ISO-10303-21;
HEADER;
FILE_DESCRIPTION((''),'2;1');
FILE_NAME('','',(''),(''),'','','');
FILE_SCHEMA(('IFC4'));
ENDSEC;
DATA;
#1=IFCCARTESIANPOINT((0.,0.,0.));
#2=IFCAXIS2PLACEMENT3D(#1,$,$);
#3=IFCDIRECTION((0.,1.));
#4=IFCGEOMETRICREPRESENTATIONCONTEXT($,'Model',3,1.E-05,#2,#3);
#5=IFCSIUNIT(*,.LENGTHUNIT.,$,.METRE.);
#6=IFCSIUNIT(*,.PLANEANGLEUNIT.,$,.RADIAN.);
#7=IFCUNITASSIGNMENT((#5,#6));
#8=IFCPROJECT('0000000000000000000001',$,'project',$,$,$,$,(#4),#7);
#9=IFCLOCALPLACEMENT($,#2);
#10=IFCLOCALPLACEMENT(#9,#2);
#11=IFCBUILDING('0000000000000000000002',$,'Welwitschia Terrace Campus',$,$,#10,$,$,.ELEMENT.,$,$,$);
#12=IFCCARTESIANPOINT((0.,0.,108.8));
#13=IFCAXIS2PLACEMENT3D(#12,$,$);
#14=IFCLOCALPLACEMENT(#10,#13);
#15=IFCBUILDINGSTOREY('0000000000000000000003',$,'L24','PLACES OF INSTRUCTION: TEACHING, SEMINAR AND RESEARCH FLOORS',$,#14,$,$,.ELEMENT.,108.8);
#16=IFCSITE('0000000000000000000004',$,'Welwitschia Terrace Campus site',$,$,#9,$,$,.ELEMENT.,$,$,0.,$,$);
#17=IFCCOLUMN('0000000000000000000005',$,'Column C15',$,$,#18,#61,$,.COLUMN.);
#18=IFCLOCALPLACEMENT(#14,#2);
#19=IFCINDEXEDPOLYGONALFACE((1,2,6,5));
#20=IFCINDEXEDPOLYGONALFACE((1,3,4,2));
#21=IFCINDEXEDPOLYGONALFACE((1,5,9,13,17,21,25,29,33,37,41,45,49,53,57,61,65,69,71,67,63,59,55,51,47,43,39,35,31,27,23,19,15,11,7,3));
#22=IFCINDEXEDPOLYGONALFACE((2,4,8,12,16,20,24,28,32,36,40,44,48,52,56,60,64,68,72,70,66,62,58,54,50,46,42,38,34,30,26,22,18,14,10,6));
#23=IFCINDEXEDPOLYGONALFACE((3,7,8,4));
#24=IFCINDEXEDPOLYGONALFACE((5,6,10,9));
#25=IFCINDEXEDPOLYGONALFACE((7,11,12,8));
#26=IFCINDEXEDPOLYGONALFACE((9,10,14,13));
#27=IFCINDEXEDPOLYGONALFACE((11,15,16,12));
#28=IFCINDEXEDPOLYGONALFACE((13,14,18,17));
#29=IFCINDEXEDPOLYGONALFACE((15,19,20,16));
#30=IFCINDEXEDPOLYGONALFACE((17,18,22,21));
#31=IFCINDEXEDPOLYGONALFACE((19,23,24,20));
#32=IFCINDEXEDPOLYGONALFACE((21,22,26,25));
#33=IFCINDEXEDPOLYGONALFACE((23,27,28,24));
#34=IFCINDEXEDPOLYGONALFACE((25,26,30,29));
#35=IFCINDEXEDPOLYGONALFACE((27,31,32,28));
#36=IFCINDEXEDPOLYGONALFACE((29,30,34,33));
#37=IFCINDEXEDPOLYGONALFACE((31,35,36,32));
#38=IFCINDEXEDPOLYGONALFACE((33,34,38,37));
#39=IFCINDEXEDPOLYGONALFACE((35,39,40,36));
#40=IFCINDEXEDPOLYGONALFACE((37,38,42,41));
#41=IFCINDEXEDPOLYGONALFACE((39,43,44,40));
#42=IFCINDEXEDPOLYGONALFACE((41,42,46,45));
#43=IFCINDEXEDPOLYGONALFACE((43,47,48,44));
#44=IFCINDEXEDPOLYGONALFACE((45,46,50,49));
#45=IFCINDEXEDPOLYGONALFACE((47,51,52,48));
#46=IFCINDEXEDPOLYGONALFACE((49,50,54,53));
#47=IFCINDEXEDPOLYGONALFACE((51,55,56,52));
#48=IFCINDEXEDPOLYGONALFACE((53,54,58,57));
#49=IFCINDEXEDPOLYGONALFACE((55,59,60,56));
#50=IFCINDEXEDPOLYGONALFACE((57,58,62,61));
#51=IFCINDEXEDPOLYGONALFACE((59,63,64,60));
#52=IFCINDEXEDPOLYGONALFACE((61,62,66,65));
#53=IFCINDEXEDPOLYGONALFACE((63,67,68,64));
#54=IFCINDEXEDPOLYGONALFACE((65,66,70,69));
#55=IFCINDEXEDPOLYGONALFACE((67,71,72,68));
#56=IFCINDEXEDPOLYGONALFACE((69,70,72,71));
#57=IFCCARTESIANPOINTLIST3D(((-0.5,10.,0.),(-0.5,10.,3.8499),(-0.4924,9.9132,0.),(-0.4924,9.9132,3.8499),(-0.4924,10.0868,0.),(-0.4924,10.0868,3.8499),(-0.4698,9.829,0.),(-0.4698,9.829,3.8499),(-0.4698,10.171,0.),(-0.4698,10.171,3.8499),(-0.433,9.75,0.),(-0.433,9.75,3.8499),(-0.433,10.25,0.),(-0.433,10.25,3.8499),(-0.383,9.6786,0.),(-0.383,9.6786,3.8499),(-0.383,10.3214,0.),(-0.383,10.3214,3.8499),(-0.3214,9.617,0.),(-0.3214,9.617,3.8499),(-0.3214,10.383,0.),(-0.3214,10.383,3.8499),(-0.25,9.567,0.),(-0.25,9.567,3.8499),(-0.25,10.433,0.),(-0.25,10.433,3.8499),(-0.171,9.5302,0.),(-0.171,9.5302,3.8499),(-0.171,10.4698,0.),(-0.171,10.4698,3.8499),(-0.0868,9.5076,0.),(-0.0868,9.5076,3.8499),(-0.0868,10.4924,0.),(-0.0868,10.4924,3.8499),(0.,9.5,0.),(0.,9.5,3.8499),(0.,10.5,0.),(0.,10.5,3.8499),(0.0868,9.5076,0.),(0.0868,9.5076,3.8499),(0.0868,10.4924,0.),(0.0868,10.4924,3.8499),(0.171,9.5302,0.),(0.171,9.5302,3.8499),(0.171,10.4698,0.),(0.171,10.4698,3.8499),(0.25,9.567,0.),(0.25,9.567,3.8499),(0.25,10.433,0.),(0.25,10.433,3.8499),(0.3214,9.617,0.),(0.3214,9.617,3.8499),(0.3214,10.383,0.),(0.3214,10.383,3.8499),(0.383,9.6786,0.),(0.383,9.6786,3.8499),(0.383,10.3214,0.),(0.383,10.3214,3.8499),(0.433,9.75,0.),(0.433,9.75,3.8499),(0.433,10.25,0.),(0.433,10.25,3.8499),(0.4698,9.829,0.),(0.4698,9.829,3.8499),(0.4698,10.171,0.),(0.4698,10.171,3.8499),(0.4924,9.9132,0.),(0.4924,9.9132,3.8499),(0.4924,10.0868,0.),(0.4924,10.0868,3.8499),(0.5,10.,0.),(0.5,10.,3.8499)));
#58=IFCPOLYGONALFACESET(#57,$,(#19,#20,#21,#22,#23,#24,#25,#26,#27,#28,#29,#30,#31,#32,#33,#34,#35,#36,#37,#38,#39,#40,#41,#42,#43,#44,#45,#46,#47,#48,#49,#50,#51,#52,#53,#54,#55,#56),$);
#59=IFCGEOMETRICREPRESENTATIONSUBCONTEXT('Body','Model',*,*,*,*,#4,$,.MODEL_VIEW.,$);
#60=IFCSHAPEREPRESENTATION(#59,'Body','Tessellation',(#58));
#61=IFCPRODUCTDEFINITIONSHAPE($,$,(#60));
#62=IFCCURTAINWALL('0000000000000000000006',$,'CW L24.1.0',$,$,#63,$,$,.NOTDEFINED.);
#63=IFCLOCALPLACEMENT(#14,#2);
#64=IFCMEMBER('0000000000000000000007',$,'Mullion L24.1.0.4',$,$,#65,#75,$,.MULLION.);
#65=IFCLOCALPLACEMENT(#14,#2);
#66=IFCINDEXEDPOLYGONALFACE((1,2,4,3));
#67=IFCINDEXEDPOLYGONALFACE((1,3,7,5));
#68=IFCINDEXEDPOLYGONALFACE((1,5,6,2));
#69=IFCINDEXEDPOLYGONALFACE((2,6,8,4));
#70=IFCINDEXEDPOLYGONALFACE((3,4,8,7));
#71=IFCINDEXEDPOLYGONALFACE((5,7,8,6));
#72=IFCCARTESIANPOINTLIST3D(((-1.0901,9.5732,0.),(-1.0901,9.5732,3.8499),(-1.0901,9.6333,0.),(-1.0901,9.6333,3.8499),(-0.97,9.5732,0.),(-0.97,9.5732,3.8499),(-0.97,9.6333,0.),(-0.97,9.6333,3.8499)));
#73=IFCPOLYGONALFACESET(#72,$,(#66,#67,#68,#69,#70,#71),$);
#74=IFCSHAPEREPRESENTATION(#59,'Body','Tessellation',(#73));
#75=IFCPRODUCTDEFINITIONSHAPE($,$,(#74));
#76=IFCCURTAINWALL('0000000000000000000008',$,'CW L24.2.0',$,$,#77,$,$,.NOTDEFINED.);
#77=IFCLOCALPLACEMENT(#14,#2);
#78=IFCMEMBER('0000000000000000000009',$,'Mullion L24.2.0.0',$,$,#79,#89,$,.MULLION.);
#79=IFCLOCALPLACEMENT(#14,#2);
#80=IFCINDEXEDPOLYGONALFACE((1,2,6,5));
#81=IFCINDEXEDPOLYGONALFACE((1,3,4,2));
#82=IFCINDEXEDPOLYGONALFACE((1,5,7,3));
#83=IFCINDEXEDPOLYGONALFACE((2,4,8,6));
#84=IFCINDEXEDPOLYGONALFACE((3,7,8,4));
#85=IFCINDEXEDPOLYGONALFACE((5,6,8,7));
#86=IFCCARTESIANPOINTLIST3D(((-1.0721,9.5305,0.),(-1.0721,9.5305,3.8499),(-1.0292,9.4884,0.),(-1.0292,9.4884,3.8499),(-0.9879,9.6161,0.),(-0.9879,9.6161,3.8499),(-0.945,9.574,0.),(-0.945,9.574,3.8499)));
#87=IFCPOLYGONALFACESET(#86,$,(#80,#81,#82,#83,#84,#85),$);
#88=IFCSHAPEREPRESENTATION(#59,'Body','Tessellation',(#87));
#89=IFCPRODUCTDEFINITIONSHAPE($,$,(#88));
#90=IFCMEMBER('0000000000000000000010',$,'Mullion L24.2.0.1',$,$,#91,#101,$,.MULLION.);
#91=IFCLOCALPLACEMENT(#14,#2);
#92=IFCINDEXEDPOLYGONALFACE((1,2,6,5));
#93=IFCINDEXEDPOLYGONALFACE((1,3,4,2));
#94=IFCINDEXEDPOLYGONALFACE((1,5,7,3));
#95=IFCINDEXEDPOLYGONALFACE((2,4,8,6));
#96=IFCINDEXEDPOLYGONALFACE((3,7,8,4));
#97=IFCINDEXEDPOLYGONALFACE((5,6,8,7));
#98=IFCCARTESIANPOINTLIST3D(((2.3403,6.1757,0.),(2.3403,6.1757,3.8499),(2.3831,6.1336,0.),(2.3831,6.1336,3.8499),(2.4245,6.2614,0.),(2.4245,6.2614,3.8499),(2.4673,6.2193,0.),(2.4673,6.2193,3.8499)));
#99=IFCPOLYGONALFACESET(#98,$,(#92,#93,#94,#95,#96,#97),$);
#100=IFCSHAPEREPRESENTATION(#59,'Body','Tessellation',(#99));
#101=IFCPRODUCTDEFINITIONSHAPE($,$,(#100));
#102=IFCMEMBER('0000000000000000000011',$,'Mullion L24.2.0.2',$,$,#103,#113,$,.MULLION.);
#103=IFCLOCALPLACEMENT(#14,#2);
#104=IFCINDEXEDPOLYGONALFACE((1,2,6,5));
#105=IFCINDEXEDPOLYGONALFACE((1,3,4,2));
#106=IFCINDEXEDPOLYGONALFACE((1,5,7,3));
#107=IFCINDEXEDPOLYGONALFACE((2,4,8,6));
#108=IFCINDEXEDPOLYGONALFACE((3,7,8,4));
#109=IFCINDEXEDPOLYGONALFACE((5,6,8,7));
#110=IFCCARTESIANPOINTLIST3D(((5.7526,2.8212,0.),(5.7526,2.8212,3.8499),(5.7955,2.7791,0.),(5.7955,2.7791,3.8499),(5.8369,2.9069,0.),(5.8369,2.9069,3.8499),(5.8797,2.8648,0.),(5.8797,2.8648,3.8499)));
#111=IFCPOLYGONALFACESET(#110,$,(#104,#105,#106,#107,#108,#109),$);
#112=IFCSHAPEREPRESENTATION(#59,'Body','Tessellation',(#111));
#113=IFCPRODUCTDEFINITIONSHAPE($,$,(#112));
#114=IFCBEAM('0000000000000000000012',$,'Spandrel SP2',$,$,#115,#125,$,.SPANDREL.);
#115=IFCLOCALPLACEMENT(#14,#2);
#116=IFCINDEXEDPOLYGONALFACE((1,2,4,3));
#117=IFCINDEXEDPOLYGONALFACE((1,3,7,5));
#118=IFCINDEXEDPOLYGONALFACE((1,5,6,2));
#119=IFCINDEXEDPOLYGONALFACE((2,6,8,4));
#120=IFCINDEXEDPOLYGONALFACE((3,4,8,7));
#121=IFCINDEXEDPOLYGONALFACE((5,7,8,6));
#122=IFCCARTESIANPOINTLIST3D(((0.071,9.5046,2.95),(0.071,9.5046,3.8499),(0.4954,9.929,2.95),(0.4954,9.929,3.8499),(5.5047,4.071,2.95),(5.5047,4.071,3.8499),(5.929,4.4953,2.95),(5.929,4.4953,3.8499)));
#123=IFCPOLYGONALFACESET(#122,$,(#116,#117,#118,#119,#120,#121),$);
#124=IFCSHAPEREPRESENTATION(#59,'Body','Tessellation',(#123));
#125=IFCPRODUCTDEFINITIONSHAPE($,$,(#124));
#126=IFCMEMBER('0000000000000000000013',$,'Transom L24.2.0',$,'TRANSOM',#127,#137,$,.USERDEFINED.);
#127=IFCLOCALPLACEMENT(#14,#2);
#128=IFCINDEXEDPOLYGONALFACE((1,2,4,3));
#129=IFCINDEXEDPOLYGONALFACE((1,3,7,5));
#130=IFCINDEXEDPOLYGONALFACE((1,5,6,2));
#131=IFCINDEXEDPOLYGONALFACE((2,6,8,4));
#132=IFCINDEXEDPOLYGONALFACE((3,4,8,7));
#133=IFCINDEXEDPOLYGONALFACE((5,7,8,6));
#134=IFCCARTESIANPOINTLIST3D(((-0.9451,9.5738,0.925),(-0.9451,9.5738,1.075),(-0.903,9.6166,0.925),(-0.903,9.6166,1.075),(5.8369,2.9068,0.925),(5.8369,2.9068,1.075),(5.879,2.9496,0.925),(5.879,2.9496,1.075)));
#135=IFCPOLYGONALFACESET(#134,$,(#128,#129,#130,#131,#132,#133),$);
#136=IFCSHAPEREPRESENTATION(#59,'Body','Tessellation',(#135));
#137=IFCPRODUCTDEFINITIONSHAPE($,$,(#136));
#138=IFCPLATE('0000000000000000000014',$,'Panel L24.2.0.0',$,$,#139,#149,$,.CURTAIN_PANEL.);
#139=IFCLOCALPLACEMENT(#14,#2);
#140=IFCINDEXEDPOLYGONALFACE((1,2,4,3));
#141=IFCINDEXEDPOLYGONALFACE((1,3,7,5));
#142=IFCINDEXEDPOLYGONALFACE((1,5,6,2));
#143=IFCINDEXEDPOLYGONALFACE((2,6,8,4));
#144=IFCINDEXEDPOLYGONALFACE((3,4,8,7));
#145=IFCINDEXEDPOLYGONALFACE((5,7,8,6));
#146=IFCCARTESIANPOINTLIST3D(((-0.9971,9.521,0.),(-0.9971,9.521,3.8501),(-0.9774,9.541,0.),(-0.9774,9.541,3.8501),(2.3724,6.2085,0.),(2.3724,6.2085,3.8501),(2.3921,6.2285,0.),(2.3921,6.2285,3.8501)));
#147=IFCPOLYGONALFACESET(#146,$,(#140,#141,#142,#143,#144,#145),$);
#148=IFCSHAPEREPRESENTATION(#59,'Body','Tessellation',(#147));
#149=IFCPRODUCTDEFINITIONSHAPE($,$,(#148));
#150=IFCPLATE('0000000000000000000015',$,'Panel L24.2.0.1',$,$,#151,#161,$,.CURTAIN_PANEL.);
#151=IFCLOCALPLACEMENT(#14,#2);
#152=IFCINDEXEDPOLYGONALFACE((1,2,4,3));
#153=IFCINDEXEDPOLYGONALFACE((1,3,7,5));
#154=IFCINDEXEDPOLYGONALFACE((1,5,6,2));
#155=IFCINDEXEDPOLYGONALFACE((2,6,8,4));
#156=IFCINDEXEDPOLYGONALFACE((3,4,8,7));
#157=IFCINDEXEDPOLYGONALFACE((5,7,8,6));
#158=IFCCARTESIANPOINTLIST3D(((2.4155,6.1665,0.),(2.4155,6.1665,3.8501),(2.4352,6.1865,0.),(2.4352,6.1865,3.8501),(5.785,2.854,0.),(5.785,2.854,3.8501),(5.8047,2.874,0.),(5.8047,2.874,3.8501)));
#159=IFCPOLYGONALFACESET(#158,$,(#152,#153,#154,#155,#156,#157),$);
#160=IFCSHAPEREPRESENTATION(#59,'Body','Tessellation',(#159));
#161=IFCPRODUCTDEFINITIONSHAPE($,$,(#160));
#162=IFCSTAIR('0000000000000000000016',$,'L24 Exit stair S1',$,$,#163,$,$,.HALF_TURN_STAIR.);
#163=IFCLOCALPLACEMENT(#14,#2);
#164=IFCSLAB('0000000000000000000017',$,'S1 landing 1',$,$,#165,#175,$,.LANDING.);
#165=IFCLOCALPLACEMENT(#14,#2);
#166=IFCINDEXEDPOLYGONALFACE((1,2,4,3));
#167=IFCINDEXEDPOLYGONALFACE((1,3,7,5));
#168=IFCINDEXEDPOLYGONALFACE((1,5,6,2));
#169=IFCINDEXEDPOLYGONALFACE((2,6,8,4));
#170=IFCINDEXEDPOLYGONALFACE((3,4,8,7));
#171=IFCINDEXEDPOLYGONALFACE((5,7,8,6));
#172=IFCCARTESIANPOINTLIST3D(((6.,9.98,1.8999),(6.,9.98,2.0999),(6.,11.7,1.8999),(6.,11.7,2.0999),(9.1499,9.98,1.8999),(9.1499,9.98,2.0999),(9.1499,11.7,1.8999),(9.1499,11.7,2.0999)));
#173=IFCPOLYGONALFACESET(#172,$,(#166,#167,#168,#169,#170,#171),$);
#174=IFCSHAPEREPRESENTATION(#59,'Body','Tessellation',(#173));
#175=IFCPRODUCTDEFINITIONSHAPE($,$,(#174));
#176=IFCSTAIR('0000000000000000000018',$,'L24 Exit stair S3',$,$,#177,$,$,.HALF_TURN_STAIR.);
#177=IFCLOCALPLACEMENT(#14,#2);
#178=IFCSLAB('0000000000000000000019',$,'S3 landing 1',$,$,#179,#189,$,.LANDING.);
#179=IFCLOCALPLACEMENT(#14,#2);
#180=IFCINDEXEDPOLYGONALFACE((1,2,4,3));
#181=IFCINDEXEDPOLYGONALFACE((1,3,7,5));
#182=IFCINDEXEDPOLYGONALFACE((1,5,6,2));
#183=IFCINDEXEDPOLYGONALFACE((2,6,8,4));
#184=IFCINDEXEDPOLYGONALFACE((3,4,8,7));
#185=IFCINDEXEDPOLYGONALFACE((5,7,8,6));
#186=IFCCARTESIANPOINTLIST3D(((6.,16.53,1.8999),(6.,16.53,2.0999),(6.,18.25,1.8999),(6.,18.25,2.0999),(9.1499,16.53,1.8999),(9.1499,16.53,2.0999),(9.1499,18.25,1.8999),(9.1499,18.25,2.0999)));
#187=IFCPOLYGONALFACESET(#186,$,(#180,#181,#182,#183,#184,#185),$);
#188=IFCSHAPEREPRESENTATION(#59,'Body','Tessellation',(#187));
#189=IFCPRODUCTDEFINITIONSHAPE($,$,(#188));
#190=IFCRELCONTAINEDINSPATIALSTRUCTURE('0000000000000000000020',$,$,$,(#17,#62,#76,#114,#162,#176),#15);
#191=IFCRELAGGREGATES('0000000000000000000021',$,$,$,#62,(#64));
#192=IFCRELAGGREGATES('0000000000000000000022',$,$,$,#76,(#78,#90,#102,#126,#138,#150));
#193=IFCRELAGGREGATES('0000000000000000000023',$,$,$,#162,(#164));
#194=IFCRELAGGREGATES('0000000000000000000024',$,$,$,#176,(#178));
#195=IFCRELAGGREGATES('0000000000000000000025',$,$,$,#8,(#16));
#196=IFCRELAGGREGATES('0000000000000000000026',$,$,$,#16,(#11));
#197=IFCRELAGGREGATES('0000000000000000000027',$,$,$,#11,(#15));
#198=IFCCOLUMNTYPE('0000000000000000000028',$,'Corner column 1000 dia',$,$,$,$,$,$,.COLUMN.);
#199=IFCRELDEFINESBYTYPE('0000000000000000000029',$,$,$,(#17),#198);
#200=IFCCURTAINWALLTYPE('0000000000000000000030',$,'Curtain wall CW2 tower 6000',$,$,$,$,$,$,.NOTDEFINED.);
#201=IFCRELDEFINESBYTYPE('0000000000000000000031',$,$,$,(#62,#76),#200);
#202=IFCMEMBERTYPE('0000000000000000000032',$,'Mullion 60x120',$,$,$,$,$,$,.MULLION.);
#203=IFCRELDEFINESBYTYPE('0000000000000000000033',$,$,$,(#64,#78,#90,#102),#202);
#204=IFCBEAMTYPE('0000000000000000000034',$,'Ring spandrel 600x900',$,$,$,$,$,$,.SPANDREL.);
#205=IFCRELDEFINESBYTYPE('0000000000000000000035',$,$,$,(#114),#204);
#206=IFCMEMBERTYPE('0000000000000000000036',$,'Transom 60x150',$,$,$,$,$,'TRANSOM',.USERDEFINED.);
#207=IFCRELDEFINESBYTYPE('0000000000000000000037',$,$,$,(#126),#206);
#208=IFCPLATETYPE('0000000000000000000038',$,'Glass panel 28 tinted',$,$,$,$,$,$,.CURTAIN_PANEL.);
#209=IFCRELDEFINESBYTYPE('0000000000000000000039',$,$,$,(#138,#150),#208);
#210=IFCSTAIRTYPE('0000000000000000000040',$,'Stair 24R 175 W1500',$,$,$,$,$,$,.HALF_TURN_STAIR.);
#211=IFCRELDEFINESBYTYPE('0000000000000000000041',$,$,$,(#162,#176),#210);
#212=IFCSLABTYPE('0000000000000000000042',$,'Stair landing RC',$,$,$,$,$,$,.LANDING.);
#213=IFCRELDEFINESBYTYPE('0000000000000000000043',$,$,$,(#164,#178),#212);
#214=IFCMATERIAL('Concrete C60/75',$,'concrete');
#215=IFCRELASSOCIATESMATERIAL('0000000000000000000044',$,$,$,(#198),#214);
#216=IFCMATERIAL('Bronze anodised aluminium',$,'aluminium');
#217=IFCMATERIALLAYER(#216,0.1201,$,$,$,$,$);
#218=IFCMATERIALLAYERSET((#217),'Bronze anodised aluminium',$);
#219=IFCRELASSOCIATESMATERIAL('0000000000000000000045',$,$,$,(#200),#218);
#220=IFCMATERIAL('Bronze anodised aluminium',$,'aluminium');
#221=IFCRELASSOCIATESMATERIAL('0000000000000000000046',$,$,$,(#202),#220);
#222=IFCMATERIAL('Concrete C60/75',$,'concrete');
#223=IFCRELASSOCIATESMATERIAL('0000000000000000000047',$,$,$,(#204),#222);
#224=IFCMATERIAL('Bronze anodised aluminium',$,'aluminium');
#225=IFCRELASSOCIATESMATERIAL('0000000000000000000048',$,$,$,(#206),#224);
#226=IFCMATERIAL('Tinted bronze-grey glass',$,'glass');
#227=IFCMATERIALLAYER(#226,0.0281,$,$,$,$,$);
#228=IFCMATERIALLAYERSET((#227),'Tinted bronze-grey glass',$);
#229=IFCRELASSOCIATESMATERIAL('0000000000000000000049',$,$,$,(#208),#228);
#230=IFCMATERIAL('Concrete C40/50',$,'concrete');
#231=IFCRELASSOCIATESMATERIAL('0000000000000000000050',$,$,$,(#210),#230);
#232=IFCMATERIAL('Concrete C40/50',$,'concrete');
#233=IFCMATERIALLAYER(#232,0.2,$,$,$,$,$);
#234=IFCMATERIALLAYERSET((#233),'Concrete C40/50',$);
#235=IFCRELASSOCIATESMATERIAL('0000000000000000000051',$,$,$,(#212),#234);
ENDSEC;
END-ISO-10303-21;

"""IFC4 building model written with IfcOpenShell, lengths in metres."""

from ifc_helpers import new_model, si_unit, direction, frame, origin, origin_2d, place, context, subcontext, project, spatial, polyline, rectangle, circle, outline, extrude, material, layer, layer_set, material_profile, profile_set, type_object, element, aggregate, save


model = new_model("IFC4")

# Units and contexts
model_context = context("Model", 3, precision=1e-05, world=origin(), true_north=direction((0.0, 1.0)))
body_context = subcontext(model_context, "Body", "Model", "MODEL_VIEW")
ifc_project = project(units=[si_unit("LENGTHUNIT", "METRE"), si_unit("PLANEANGLEUNIT", "RADIAN")], contexts=[model_context])

# Site, building, storey
site_placement = place(None, origin())
site = spatial("IfcSite", under=ifc_project, at=site_placement, Name="Welwitschia Terrace Campus site", CompositionType="ELEMENT", RefElevation=0.0)
building_placement = place(site_placement, origin())
building = spatial("IfcBuilding", under=site, at=building_placement, Name="Welwitschia Terrace Campus", CompositionType="ELEMENT")
storey_placement = place(building_placement, frame((0.0, 0.0, 108.8)))
storey = spatial("IfcBuildingStorey", under=building, at=storey_placement, Name="L24", Description="PLACES OF INSTRUCTION: TEACHING, SEMINAR AND RESEARCH FLOORS", CompositionType="ELEMENT", Elevation=108.8)

# Column
ifc_material_1 = material(Name="Concrete C60/75", Category="concrete")
ifc_material_profile_1 = material_profile(ifc_material_1, circle(Radius=0.5, at=origin_2d()))
ifc_profile_set_1 = profile_set([ifc_material_profile_1], Name="Concrete C60/75")
column_type = type_object("IfcColumnType", Name="Corner column 1000 dia", PredefinedType="COLUMN", material=ifc_profile_set_1)
column_placement = place(storey_placement, frame((0.0, 10.0, 0.0), z_axis=(0.0, 0.0, 1.0), x_axis=(1.0, 0.0, 0.0)))
element("IfcColumn", 1, at=column_placement, inside=storey, type_object=column_type, Name="Column C15", PredefinedType="COLUMN", context=body_context, shape_type="SweptSolid", body=[
    extrude(circle(Radius=0.5, at=origin_2d()), origin(), (0.0, 0.0, 1.0), 3.8499),
])

# Curtain wall, member
ifc_material_2 = material(Name="Bronze anodised aluminium", Category="aluminium")
ifc_layer_1 = layer(ifc_material_2, 0.1201)
ifc_layer_set_1 = layer_set([ifc_layer_1], Name="Bronze anodised aluminium")
curtain_wall_type = type_object("IfcCurtainWallType", Name="Curtain wall CW2 tower 6000", PredefinedType="NOTDEFINED", material=ifc_layer_set_1)
curtain_wall_1_placement = place(storey_placement, origin())
curtain_wall_1 = element("IfcCurtainWall", 2, at=curtain_wall_1_placement, inside=storey, type_object=curtain_wall_type, Name="CW L24.1.0", PredefinedType="NOTDEFINED")
ifc_material_3 = material(Name="Bronze anodised aluminium", Category="aluminium")
ifc_material_profile_2 = material_profile(ifc_material_3, rectangle(XDim=0.1201, YDim=0.0601, at=origin_2d()))
ifc_profile_set_2 = profile_set([ifc_material_profile_2], Name="Bronze anodised aluminium")
member_type_1 = type_object("IfcMemberType", Name="Mullion 60x120", PredefinedType="MULLION", material=ifc_profile_set_2)
member_1_placement = place(storey_placement, frame((-1.03, 9.6033, 0.0), z_axis=(0.0, 0.0, 1.0), x_axis=(1.0, 0.0, 0.0)))
member_1 = element("IfcMember", 3, at=member_1_placement, type_object=member_type_1, Name="Mullion L24.1.0.4", PredefinedType="MULLION", context=body_context, shape_type="SweptSolid", body=[
    extrude(rectangle(XDim=0.1201, YDim=0.0601, at=origin_2d()), origin(), (0.0, 0.0, 1.0), 3.8499),
])
aggregate(curtain_wall_1, [member_1])

# Curtain wall, members
curtain_wall_2_placement = place(storey_placement, origin())
curtain_wall_2 = element("IfcCurtainWall", 4, at=curtain_wall_2_placement, inside=storey, type_object=curtain_wall_type, Name="CW L24.2.0", PredefinedType="NOTDEFINED")
member_2_placement = place(storey_placement, frame((-1.0085, 9.5522, 0.0), z_axis=(0.0, 0.0, 1.0), x_axis=(0.701042, 0.71312, 0.0)))
member_2 = element("IfcMember", 5, at=member_2_placement, type_object=member_type_1, Name="Mullion L24.2.0.0", PredefinedType="MULLION", context=body_context, shape_type="SweptSolid", body=[
    extrude(rectangle(XDim=0.1201, YDim=0.0601, at=origin_2d()), origin(), (0.0, 0.0, 1.0), 3.8499),
])
member_3_placement = place(storey_placement, frame((2.4038, 6.1975, 0.0), z_axis=(0.0, 0.0, 1.0), x_axis=(0.701042, 0.71312, 0.0)))
member_3 = element("IfcMember", 6, at=member_3_placement, type_object=member_type_1, Name="Mullion L24.2.0.1", PredefinedType="MULLION", context=body_context, shape_type="SweptSolid", body=[
    extrude(rectangle(XDim=0.1201, YDim=0.0601, at=origin_2d()), origin(), (0.0, 0.0, 1.0), 3.8499),
])
member_4_placement = place(storey_placement, frame((5.8162, 2.843, 0.0), z_axis=(0.0, 0.0, 1.0), x_axis=(0.701042, 0.71312, 0.0)))
member_4 = element("IfcMember", 7, at=member_4_placement, type_object=member_type_1, Name="Mullion L24.2.0.2", PredefinedType="MULLION", context=body_context, shape_type="SweptSolid", body=[
    extrude(rectangle(XDim=0.1201, YDim=0.0601, at=origin_2d()), origin(), (0.0, 0.0, 1.0), 3.8499),
])

# Beam
ifc_material_4 = material(Name="Concrete C60/75", Category="concrete")
ifc_material_profile_3 = material_profile(ifc_material_4, rectangle(XDim=0.6001, YDim=0.8999, at=origin_2d()))
ifc_profile_set_3 = profile_set([ifc_material_profile_3], Name="Concrete C60/75")
beam_type = type_object("IfcBeamType", Name="Ring spandrel 600x900", PredefinedType="SPANDREL", material=ifc_profile_set_3)
beam_placement = place(storey_placement, frame((0.2832, 9.7168, 3.3999), z_axis=(0.707107, -0.707107, 0.0), x_axis=(0.707107, 0.707107, 0.0)))
element("IfcBeam", 8, at=beam_placement, inside=storey, type_object=beam_type, Name="Spandrel SP2", PredefinedType="SPANDREL", context=body_context, shape_type="SweptSolid", body=[
    extrude(rectangle(XDim=0.6001, YDim=0.8999, at=origin_2d()), origin(), (0.0, 0.0, 1.0), 7.6843),
])

# Member
ifc_material_5 = material(Name="Bronze anodised aluminium", Category="aluminium")
ifc_material_profile_4 = material_profile(ifc_material_5, rectangle(XDim=0.0601, YDim=0.1499, at=origin_2d()))
ifc_profile_set_4 = profile_set([ifc_material_profile_4], Name="Bronze anodised aluminium")
member_type_2 = type_object("IfcMemberType", Name="Transom 60x150", ElementType="TRANSOM", PredefinedType="USERDEFINED", material=ifc_profile_set_4)
member_5_placement = place(storey_placement, frame((-0.9241, 9.5952, 1.0), z_axis=(0.713127, -0.701035, 0.0), x_axis=(0.701035, 0.713127, 0.0)))
member_5 = element("IfcMember", 9, at=member_5_placement, type_object=member_type_2, Name="Transom L24.2.0", ObjectType="TRANSOM", PredefinedType="USERDEFINED", context=body_context, shape_type="SweptSolid", body=[
    extrude(rectangle(XDim=0.0601, YDim=0.1499, at=origin_2d()), origin(), (0.0, 0.0, 1.0), 9.5103),
])

# Plates
ifc_material_6 = material(Name="Tinted bronze-grey glass", Category="glass")
ifc_layer_2 = layer(ifc_material_6, 0.0281)
ifc_layer_set_2 = layer_set([ifc_layer_2], Name="Tinted bronze-grey glass")
plate_type = type_object("IfcPlateType", Name="Glass panel 28 tinted", PredefinedType="CURTAIN_PANEL", material=ifc_layer_set_2)
plate_1_placement = place(storey_placement, frame((0.6975, 7.8748, 0.0), z_axis=(0.0, 0.0, 1.0), x_axis=(0.71312, -0.701042, 0.0)))
plate_1 = element("IfcPlate", 10, at=plate_1_placement, type_object=plate_type, Name="Panel L24.2.0.0", PredefinedType="CURTAIN_PANEL", context=body_context, shape_type="SweptSolid", body=[
    extrude(rectangle(XDim=4.7251, YDim=0.0281, at=origin_2d()), origin(), (0.0, 0.0, 1.0), 3.8501),
])
plate_2_placement = place(storey_placement, frame((4.1101, 4.5203, 0.0), z_axis=(0.0, 0.0, 1.0), x_axis=(0.71312, -0.701042, 0.0)))
plate_2 = element("IfcPlate", 11, at=plate_2_placement, type_object=plate_type, Name="Panel L24.2.0.1", PredefinedType="CURTAIN_PANEL", context=body_context, shape_type="SweptSolid", body=[
    extrude(rectangle(XDim=4.7251, YDim=0.0281, at=origin_2d()), origin(), (0.0, 0.0, 1.0), 3.8501),
])
aggregate(curtain_wall_2, [member_2, member_3, member_4, member_5, plate_1, plate_2])

# Stairs, slabs
ifc_material_7 = material(Name="Concrete C40/50", Category="concrete")
stair_type = type_object("IfcStairType", Name="Stair 24R 175 W1500", PredefinedType="HALF_TURN_STAIR", material=ifc_material_7)
stair_1_placement = place(storey_placement, origin())
stair_1 = element("IfcStair", 12, at=stair_1_placement, inside=storey, type_object=stair_type, Name="L24 Exit stair S1", PredefinedType="HALF_TURN_STAIR")
ifc_material_8 = material(Name="Concrete C40/50", Category="concrete")
ifc_layer_3 = layer(ifc_material_8, 0.2)
ifc_layer_set_3 = layer_set([ifc_layer_3], Name="Concrete C40/50")
slab_type_1 = type_object("IfcSlabType", Name="Stair landing RC", PredefinedType="LANDING", material=ifc_layer_set_3)
slab_1_placement = place(storey_placement, frame((0.0, 0.0, 1.8999)))
slab_1 = element("IfcSlab", 13, at=slab_1_placement, type_object=slab_type_1, Name="S1 landing 1", PredefinedType="LANDING", context=body_context, shape_type="SweptSolid", body=[
    extrude(outline(polyline([(9.1499, 9.98), (9.1499, 11.7), (6.0, 11.7), (6.0, 9.98), (9.1499, 9.98)])), origin(), (0.0, 0.0, 1.0), 0.2),
])
aggregate(stair_1, [slab_1])
stair_2_placement = place(storey_placement, origin())
stair_2 = element("IfcStair", 14, at=stair_2_placement, inside=storey, type_object=stair_type, Name="L24 Exit stair S3", PredefinedType="HALF_TURN_STAIR")
slab_2_placement = place(storey_placement, frame((0.0, 0.0, 1.8999)))
slab_2 = element("IfcSlab", 15, at=slab_2_placement, type_object=slab_type_1, Name="S3 landing 1", PredefinedType="LANDING", context=body_context, shape_type="SweptSolid", body=[
    extrude(outline(polyline([(9.1499, 16.53), (9.1499, 18.25), (6.0, 18.25), (6.0, 16.53), (9.1499, 16.53)])), origin(), (0.0, 0.0, 1.0), 0.2),
])
aggregate(stair_2, [slab_2])

save(model, "model.ifc")
